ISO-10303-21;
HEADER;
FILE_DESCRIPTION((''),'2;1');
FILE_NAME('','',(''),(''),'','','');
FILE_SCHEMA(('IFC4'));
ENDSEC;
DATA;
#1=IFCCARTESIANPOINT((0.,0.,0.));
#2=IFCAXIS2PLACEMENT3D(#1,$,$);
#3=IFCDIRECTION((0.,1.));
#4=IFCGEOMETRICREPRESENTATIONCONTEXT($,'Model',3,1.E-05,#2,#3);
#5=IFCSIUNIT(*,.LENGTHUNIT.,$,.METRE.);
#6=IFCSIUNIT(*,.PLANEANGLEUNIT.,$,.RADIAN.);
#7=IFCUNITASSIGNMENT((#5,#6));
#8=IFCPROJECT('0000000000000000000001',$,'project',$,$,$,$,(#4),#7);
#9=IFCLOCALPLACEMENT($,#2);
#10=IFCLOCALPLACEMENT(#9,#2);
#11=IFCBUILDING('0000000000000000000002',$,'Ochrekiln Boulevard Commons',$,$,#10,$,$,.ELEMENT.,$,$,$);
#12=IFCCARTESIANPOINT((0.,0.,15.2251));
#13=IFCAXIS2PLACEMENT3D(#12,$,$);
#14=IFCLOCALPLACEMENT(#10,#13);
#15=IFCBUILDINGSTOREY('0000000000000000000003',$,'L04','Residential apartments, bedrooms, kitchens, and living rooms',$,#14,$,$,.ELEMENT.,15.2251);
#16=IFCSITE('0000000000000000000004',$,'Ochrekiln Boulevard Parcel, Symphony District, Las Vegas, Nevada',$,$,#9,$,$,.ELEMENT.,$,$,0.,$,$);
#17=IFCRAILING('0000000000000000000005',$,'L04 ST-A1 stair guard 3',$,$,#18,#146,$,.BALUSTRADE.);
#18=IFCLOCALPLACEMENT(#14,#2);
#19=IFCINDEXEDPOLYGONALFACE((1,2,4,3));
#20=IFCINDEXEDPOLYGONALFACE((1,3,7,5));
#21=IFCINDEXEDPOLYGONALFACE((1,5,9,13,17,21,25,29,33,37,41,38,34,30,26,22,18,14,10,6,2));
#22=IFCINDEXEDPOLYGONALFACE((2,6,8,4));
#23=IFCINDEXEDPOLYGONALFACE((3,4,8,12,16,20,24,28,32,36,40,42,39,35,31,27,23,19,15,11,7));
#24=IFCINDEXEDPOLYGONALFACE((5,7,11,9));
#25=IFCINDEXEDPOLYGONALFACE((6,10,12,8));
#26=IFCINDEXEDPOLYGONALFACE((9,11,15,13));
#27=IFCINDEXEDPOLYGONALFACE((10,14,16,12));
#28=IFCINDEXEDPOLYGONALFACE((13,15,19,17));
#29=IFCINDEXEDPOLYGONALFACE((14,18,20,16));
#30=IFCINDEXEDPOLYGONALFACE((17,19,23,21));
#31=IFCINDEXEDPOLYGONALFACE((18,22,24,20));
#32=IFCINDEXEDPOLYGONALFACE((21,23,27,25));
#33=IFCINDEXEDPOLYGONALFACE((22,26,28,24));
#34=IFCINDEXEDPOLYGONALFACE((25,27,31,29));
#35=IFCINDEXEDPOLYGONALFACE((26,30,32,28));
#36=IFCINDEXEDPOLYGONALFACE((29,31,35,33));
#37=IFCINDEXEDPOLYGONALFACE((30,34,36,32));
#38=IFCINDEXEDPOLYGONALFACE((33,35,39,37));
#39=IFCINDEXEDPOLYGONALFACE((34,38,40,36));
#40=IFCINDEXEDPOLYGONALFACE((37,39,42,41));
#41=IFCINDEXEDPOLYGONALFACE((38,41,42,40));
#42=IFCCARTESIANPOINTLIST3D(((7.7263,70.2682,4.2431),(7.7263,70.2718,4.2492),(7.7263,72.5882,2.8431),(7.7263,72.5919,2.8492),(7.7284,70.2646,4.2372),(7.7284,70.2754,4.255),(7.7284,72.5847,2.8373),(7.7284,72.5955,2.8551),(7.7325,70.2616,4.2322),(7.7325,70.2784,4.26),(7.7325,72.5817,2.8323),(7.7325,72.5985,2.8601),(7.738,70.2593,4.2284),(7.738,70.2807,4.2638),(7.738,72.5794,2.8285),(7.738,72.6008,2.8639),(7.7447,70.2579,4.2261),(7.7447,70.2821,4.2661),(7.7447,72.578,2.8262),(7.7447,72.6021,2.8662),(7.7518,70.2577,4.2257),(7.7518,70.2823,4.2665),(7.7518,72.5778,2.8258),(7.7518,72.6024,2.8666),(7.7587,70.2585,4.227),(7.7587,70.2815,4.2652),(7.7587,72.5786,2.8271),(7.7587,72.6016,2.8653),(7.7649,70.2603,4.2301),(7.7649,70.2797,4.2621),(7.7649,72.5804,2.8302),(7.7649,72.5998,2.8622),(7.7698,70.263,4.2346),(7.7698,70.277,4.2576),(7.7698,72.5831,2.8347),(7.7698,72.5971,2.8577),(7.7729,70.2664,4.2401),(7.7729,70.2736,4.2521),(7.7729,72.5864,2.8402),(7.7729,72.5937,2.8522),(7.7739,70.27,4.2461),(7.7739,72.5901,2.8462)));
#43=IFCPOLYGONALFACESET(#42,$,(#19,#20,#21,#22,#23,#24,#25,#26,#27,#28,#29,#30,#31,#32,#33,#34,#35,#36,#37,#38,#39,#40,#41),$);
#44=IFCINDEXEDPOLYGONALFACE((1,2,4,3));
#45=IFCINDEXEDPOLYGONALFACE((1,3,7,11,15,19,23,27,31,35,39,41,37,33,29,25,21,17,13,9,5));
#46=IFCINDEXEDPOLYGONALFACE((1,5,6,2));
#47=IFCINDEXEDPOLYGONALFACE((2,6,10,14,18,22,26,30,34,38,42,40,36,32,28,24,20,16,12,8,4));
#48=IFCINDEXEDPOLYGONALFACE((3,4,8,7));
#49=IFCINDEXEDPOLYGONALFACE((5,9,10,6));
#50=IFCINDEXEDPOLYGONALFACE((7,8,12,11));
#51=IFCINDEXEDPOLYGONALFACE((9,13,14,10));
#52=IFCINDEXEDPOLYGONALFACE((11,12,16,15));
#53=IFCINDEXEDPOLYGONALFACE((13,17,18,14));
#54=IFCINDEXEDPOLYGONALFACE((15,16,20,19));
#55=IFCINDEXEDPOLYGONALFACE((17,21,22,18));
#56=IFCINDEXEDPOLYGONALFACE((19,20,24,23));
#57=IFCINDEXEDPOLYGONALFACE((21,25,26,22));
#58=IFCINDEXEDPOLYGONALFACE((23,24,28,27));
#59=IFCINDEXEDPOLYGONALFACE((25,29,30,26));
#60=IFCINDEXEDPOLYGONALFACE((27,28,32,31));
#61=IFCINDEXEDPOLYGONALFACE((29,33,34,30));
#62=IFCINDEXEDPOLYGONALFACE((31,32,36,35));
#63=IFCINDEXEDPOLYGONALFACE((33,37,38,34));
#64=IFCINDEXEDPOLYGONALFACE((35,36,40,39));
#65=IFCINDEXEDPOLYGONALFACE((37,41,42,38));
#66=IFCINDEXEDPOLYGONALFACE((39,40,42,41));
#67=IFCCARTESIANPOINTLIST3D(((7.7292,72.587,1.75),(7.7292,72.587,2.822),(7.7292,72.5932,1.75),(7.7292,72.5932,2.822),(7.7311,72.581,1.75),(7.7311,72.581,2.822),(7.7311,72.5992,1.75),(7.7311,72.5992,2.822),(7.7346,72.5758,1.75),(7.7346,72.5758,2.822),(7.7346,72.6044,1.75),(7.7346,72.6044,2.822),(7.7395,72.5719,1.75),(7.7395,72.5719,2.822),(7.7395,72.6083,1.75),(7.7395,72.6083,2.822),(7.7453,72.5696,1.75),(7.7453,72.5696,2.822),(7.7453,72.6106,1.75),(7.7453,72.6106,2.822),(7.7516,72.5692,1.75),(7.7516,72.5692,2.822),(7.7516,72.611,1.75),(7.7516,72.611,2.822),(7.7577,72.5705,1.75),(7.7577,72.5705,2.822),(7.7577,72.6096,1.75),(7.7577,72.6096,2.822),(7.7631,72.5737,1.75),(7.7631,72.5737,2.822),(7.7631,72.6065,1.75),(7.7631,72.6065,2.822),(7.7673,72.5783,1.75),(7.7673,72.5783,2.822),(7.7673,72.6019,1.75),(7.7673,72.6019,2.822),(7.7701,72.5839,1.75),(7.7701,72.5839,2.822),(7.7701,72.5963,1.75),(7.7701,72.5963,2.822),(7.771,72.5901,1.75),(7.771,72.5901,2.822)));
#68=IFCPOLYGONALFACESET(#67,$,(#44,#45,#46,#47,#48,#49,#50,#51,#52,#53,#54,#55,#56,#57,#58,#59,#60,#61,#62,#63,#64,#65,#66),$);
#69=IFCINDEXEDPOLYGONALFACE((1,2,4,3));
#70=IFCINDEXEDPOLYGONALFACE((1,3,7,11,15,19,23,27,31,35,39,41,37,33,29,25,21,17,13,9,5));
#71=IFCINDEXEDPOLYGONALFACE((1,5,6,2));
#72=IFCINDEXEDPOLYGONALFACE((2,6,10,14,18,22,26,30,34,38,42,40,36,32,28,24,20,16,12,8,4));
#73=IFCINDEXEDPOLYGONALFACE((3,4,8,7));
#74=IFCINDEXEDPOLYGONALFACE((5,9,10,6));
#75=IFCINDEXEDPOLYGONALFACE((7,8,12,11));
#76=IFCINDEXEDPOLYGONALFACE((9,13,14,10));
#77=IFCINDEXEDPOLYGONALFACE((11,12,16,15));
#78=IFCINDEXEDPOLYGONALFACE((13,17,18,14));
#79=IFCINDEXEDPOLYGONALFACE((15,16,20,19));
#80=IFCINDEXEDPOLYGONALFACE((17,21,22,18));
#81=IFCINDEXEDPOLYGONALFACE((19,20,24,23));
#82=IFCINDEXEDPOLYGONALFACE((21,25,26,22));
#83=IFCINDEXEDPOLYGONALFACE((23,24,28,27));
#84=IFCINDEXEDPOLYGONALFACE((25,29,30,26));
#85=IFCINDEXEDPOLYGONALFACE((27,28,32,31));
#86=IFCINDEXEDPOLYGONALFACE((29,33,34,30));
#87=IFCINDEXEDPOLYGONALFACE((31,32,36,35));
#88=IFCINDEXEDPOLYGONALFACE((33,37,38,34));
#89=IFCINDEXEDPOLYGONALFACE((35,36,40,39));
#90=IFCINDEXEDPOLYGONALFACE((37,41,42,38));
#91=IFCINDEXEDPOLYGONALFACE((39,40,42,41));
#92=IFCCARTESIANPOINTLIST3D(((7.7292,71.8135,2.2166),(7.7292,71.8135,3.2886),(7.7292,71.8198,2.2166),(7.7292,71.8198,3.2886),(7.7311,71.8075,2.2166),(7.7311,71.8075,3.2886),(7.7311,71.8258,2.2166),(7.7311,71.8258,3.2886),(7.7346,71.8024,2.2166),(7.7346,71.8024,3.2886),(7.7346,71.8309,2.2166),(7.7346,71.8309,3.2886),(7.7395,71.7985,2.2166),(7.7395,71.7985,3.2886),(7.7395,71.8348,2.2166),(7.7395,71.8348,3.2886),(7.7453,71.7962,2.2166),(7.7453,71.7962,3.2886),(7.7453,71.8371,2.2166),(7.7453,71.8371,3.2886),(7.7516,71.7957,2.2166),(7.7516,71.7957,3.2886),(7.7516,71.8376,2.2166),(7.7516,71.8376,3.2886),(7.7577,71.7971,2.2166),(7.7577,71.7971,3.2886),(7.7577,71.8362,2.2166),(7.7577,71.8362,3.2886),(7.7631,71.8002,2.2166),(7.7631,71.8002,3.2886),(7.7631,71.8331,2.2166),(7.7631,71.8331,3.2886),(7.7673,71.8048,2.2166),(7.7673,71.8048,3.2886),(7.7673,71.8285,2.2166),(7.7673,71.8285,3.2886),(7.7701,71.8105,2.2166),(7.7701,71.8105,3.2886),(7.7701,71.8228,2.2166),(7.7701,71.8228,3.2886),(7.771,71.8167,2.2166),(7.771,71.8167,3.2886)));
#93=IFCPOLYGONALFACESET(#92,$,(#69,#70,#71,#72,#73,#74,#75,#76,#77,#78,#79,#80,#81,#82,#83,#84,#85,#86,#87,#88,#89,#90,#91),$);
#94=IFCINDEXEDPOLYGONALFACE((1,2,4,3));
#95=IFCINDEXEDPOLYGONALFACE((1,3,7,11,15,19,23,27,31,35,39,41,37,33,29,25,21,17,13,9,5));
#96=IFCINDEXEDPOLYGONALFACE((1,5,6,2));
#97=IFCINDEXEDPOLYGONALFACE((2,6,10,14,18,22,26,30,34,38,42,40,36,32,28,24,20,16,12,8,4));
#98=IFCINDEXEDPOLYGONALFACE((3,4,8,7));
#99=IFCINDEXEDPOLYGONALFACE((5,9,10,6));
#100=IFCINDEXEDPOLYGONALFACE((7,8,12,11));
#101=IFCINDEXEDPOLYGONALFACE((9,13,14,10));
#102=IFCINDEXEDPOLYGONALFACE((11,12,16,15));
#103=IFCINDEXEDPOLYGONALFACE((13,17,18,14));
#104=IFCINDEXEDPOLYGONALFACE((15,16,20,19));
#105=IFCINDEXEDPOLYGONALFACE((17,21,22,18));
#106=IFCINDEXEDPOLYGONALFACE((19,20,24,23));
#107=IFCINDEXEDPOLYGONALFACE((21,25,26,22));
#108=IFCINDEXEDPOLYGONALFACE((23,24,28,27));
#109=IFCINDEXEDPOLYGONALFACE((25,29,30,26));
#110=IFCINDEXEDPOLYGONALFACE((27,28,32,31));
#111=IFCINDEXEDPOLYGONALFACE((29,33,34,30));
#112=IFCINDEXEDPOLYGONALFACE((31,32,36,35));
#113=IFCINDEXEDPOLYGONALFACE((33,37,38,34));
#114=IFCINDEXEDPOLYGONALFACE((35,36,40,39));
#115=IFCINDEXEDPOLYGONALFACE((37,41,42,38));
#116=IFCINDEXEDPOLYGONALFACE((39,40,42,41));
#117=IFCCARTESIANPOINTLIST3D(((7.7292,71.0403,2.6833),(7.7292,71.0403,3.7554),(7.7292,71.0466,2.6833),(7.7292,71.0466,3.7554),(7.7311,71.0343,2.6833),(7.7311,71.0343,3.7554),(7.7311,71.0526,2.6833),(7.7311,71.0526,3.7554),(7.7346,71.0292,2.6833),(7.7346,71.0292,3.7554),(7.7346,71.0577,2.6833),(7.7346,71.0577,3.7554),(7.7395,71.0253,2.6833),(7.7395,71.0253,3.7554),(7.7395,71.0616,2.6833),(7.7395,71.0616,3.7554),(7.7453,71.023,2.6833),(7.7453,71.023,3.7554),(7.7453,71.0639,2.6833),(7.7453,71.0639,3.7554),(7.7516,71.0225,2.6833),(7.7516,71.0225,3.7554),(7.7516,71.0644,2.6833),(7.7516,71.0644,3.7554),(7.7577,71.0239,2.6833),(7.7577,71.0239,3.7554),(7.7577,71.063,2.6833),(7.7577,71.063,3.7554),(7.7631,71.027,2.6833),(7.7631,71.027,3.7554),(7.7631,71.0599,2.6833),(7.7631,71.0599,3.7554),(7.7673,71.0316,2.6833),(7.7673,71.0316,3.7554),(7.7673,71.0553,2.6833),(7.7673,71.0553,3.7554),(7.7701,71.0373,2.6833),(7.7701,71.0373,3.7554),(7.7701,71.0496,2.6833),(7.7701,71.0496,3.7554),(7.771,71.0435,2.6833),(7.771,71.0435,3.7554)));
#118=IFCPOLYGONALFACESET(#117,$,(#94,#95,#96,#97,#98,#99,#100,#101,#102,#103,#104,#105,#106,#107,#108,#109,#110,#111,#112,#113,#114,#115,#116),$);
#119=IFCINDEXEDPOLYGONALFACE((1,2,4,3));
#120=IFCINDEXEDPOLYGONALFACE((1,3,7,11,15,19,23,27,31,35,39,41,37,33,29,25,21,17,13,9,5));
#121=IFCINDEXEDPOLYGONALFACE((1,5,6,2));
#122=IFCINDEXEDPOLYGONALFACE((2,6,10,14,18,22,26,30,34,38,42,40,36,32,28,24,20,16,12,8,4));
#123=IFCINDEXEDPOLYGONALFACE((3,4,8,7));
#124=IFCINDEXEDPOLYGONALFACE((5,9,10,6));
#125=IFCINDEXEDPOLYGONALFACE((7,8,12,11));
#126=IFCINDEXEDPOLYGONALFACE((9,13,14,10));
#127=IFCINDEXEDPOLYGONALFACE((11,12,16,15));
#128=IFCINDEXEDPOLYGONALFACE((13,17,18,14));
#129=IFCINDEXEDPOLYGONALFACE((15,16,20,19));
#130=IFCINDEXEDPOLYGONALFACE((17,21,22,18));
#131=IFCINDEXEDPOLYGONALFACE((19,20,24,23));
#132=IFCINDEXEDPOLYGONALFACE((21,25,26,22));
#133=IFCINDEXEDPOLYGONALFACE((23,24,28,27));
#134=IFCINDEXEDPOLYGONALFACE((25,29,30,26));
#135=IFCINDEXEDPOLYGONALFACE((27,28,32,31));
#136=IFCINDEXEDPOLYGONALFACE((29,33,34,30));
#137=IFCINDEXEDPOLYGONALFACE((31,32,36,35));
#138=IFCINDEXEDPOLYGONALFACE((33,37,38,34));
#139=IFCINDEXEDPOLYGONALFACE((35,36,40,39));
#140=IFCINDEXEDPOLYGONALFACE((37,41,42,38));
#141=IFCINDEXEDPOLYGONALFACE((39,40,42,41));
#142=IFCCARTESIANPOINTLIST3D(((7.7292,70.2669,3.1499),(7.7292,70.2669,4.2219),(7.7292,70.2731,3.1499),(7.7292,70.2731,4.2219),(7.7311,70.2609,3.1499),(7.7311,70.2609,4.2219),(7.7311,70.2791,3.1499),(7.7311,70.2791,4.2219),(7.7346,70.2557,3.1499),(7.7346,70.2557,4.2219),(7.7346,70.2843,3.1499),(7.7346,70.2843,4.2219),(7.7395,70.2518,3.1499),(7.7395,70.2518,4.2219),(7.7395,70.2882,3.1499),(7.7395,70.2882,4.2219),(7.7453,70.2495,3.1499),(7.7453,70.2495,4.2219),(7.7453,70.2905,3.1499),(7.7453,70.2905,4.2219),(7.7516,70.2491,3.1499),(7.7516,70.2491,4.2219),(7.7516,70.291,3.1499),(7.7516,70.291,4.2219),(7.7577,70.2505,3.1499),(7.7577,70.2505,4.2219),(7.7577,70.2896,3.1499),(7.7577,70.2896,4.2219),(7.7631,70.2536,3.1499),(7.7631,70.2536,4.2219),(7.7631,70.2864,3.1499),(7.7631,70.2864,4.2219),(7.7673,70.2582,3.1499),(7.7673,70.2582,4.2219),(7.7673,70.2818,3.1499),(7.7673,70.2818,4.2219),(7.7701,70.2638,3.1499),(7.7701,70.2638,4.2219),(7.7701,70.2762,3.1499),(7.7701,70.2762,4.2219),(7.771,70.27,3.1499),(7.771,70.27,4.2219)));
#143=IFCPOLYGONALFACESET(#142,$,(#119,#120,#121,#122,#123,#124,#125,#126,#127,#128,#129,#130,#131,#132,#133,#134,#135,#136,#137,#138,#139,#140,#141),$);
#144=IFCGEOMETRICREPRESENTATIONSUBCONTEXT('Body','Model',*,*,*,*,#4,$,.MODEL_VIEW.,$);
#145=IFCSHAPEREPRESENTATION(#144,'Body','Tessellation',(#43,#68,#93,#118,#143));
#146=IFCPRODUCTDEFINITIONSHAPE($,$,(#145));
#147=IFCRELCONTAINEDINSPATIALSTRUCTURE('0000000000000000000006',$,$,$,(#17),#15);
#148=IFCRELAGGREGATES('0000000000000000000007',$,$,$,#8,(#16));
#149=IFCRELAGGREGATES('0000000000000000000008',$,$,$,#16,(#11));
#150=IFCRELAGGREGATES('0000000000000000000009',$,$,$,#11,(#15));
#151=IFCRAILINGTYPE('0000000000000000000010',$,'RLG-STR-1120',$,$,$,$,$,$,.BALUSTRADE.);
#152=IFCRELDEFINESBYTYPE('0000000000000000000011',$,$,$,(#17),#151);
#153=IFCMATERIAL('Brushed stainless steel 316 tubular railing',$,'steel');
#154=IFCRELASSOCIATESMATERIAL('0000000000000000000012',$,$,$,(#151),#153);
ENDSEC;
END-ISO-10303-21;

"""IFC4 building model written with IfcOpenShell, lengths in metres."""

from ifc_helpers import new_model, si_unit, direction, frame, origin, origin_2d, place, context, subcontext, project, spatial, circle, extrude, material, type_object, element, save


model = new_model("IFC4")

# Units and contexts
model_context = context("Model", 3, precision=1e-05, world=origin(), true_north=direction((0.0, 1.0)))
body_context = subcontext(model_context, "Body", "Model", "MODEL_VIEW")
ifc_project = project(units=[si_unit("LENGTHUNIT", "METRE"), si_unit("PLANEANGLEUNIT", "RADIAN")], contexts=[model_context])

# Site, building, storey
site_placement = place(None, origin())
site = spatial("IfcSite", under=ifc_project, at=site_placement, Name="Ochrekiln Boulevard Parcel, Symphony District, Las Vegas, Nevada", CompositionType="ELEMENT", RefElevation=0.0)
building_placement = place(site_placement, origin())
building = spatial("IfcBuilding", under=site, at=building_placement, Name="Ochrekiln Boulevard Commons", CompositionType="ELEMENT")
storey_placement = place(building_placement, frame((0.0, 0.0, 15.2251)))
storey = spatial("IfcBuildingStorey", under=building, at=storey_placement, Name="L04", Description="Residential apartments, bedrooms, kitchens, and living rooms", CompositionType="ELEMENT", Elevation=15.2251)

# Railing
ifc_material_1 = material(Name="Brushed stainless steel 316 tubular railing", Category="steel")
railing_type_1 = type_object("IfcRailingType", Name="RLG-STR-1120", PredefinedType="BALUSTRADE", material=ifc_material_1)
railing_1_placement = place(storey_placement, frame((7.75, 72.5901, 1.75)))
element("IfcRailing", 1, at=railing_1_placement, inside=storey, type_object=railing_type_1, Name="L04 ST-A1 stair guard 3", PredefinedType="BALUSTRADE", context=body_context, shape_type="SweptSolid", body=[
    extrude(circle(Radius=0.0239, at=origin_2d()), frame((0.0, 0.0, 1.0962), z_axis=(0.0, -0.85621, 0.516627), x_axis=(1.0, 0.0, 0.0)), (0.0, 0.0, 1.0), 2.7097),
    extrude(circle(Radius=0.021, at=origin_2d()), origin(), (0.0, 0.0, 1.0), 1.072),
    extrude(circle(Radius=0.021, at=origin_2d()), frame((0.0, -0.7734, 0.4666)), (0.0, 0.0, 1.0), 1.072),
    extrude(circle(Radius=0.021, at=origin_2d()), frame((0.0, -1.5466, 0.9333)), (0.0, 0.0, 1.0), 1.072),
    extrude(circle(Radius=0.021, at=origin_2d()), frame((0.0, -2.3201, 1.3999)), (0.0, 0.0, 1.0), 1.072),
])

save(model, "model.ifc")
